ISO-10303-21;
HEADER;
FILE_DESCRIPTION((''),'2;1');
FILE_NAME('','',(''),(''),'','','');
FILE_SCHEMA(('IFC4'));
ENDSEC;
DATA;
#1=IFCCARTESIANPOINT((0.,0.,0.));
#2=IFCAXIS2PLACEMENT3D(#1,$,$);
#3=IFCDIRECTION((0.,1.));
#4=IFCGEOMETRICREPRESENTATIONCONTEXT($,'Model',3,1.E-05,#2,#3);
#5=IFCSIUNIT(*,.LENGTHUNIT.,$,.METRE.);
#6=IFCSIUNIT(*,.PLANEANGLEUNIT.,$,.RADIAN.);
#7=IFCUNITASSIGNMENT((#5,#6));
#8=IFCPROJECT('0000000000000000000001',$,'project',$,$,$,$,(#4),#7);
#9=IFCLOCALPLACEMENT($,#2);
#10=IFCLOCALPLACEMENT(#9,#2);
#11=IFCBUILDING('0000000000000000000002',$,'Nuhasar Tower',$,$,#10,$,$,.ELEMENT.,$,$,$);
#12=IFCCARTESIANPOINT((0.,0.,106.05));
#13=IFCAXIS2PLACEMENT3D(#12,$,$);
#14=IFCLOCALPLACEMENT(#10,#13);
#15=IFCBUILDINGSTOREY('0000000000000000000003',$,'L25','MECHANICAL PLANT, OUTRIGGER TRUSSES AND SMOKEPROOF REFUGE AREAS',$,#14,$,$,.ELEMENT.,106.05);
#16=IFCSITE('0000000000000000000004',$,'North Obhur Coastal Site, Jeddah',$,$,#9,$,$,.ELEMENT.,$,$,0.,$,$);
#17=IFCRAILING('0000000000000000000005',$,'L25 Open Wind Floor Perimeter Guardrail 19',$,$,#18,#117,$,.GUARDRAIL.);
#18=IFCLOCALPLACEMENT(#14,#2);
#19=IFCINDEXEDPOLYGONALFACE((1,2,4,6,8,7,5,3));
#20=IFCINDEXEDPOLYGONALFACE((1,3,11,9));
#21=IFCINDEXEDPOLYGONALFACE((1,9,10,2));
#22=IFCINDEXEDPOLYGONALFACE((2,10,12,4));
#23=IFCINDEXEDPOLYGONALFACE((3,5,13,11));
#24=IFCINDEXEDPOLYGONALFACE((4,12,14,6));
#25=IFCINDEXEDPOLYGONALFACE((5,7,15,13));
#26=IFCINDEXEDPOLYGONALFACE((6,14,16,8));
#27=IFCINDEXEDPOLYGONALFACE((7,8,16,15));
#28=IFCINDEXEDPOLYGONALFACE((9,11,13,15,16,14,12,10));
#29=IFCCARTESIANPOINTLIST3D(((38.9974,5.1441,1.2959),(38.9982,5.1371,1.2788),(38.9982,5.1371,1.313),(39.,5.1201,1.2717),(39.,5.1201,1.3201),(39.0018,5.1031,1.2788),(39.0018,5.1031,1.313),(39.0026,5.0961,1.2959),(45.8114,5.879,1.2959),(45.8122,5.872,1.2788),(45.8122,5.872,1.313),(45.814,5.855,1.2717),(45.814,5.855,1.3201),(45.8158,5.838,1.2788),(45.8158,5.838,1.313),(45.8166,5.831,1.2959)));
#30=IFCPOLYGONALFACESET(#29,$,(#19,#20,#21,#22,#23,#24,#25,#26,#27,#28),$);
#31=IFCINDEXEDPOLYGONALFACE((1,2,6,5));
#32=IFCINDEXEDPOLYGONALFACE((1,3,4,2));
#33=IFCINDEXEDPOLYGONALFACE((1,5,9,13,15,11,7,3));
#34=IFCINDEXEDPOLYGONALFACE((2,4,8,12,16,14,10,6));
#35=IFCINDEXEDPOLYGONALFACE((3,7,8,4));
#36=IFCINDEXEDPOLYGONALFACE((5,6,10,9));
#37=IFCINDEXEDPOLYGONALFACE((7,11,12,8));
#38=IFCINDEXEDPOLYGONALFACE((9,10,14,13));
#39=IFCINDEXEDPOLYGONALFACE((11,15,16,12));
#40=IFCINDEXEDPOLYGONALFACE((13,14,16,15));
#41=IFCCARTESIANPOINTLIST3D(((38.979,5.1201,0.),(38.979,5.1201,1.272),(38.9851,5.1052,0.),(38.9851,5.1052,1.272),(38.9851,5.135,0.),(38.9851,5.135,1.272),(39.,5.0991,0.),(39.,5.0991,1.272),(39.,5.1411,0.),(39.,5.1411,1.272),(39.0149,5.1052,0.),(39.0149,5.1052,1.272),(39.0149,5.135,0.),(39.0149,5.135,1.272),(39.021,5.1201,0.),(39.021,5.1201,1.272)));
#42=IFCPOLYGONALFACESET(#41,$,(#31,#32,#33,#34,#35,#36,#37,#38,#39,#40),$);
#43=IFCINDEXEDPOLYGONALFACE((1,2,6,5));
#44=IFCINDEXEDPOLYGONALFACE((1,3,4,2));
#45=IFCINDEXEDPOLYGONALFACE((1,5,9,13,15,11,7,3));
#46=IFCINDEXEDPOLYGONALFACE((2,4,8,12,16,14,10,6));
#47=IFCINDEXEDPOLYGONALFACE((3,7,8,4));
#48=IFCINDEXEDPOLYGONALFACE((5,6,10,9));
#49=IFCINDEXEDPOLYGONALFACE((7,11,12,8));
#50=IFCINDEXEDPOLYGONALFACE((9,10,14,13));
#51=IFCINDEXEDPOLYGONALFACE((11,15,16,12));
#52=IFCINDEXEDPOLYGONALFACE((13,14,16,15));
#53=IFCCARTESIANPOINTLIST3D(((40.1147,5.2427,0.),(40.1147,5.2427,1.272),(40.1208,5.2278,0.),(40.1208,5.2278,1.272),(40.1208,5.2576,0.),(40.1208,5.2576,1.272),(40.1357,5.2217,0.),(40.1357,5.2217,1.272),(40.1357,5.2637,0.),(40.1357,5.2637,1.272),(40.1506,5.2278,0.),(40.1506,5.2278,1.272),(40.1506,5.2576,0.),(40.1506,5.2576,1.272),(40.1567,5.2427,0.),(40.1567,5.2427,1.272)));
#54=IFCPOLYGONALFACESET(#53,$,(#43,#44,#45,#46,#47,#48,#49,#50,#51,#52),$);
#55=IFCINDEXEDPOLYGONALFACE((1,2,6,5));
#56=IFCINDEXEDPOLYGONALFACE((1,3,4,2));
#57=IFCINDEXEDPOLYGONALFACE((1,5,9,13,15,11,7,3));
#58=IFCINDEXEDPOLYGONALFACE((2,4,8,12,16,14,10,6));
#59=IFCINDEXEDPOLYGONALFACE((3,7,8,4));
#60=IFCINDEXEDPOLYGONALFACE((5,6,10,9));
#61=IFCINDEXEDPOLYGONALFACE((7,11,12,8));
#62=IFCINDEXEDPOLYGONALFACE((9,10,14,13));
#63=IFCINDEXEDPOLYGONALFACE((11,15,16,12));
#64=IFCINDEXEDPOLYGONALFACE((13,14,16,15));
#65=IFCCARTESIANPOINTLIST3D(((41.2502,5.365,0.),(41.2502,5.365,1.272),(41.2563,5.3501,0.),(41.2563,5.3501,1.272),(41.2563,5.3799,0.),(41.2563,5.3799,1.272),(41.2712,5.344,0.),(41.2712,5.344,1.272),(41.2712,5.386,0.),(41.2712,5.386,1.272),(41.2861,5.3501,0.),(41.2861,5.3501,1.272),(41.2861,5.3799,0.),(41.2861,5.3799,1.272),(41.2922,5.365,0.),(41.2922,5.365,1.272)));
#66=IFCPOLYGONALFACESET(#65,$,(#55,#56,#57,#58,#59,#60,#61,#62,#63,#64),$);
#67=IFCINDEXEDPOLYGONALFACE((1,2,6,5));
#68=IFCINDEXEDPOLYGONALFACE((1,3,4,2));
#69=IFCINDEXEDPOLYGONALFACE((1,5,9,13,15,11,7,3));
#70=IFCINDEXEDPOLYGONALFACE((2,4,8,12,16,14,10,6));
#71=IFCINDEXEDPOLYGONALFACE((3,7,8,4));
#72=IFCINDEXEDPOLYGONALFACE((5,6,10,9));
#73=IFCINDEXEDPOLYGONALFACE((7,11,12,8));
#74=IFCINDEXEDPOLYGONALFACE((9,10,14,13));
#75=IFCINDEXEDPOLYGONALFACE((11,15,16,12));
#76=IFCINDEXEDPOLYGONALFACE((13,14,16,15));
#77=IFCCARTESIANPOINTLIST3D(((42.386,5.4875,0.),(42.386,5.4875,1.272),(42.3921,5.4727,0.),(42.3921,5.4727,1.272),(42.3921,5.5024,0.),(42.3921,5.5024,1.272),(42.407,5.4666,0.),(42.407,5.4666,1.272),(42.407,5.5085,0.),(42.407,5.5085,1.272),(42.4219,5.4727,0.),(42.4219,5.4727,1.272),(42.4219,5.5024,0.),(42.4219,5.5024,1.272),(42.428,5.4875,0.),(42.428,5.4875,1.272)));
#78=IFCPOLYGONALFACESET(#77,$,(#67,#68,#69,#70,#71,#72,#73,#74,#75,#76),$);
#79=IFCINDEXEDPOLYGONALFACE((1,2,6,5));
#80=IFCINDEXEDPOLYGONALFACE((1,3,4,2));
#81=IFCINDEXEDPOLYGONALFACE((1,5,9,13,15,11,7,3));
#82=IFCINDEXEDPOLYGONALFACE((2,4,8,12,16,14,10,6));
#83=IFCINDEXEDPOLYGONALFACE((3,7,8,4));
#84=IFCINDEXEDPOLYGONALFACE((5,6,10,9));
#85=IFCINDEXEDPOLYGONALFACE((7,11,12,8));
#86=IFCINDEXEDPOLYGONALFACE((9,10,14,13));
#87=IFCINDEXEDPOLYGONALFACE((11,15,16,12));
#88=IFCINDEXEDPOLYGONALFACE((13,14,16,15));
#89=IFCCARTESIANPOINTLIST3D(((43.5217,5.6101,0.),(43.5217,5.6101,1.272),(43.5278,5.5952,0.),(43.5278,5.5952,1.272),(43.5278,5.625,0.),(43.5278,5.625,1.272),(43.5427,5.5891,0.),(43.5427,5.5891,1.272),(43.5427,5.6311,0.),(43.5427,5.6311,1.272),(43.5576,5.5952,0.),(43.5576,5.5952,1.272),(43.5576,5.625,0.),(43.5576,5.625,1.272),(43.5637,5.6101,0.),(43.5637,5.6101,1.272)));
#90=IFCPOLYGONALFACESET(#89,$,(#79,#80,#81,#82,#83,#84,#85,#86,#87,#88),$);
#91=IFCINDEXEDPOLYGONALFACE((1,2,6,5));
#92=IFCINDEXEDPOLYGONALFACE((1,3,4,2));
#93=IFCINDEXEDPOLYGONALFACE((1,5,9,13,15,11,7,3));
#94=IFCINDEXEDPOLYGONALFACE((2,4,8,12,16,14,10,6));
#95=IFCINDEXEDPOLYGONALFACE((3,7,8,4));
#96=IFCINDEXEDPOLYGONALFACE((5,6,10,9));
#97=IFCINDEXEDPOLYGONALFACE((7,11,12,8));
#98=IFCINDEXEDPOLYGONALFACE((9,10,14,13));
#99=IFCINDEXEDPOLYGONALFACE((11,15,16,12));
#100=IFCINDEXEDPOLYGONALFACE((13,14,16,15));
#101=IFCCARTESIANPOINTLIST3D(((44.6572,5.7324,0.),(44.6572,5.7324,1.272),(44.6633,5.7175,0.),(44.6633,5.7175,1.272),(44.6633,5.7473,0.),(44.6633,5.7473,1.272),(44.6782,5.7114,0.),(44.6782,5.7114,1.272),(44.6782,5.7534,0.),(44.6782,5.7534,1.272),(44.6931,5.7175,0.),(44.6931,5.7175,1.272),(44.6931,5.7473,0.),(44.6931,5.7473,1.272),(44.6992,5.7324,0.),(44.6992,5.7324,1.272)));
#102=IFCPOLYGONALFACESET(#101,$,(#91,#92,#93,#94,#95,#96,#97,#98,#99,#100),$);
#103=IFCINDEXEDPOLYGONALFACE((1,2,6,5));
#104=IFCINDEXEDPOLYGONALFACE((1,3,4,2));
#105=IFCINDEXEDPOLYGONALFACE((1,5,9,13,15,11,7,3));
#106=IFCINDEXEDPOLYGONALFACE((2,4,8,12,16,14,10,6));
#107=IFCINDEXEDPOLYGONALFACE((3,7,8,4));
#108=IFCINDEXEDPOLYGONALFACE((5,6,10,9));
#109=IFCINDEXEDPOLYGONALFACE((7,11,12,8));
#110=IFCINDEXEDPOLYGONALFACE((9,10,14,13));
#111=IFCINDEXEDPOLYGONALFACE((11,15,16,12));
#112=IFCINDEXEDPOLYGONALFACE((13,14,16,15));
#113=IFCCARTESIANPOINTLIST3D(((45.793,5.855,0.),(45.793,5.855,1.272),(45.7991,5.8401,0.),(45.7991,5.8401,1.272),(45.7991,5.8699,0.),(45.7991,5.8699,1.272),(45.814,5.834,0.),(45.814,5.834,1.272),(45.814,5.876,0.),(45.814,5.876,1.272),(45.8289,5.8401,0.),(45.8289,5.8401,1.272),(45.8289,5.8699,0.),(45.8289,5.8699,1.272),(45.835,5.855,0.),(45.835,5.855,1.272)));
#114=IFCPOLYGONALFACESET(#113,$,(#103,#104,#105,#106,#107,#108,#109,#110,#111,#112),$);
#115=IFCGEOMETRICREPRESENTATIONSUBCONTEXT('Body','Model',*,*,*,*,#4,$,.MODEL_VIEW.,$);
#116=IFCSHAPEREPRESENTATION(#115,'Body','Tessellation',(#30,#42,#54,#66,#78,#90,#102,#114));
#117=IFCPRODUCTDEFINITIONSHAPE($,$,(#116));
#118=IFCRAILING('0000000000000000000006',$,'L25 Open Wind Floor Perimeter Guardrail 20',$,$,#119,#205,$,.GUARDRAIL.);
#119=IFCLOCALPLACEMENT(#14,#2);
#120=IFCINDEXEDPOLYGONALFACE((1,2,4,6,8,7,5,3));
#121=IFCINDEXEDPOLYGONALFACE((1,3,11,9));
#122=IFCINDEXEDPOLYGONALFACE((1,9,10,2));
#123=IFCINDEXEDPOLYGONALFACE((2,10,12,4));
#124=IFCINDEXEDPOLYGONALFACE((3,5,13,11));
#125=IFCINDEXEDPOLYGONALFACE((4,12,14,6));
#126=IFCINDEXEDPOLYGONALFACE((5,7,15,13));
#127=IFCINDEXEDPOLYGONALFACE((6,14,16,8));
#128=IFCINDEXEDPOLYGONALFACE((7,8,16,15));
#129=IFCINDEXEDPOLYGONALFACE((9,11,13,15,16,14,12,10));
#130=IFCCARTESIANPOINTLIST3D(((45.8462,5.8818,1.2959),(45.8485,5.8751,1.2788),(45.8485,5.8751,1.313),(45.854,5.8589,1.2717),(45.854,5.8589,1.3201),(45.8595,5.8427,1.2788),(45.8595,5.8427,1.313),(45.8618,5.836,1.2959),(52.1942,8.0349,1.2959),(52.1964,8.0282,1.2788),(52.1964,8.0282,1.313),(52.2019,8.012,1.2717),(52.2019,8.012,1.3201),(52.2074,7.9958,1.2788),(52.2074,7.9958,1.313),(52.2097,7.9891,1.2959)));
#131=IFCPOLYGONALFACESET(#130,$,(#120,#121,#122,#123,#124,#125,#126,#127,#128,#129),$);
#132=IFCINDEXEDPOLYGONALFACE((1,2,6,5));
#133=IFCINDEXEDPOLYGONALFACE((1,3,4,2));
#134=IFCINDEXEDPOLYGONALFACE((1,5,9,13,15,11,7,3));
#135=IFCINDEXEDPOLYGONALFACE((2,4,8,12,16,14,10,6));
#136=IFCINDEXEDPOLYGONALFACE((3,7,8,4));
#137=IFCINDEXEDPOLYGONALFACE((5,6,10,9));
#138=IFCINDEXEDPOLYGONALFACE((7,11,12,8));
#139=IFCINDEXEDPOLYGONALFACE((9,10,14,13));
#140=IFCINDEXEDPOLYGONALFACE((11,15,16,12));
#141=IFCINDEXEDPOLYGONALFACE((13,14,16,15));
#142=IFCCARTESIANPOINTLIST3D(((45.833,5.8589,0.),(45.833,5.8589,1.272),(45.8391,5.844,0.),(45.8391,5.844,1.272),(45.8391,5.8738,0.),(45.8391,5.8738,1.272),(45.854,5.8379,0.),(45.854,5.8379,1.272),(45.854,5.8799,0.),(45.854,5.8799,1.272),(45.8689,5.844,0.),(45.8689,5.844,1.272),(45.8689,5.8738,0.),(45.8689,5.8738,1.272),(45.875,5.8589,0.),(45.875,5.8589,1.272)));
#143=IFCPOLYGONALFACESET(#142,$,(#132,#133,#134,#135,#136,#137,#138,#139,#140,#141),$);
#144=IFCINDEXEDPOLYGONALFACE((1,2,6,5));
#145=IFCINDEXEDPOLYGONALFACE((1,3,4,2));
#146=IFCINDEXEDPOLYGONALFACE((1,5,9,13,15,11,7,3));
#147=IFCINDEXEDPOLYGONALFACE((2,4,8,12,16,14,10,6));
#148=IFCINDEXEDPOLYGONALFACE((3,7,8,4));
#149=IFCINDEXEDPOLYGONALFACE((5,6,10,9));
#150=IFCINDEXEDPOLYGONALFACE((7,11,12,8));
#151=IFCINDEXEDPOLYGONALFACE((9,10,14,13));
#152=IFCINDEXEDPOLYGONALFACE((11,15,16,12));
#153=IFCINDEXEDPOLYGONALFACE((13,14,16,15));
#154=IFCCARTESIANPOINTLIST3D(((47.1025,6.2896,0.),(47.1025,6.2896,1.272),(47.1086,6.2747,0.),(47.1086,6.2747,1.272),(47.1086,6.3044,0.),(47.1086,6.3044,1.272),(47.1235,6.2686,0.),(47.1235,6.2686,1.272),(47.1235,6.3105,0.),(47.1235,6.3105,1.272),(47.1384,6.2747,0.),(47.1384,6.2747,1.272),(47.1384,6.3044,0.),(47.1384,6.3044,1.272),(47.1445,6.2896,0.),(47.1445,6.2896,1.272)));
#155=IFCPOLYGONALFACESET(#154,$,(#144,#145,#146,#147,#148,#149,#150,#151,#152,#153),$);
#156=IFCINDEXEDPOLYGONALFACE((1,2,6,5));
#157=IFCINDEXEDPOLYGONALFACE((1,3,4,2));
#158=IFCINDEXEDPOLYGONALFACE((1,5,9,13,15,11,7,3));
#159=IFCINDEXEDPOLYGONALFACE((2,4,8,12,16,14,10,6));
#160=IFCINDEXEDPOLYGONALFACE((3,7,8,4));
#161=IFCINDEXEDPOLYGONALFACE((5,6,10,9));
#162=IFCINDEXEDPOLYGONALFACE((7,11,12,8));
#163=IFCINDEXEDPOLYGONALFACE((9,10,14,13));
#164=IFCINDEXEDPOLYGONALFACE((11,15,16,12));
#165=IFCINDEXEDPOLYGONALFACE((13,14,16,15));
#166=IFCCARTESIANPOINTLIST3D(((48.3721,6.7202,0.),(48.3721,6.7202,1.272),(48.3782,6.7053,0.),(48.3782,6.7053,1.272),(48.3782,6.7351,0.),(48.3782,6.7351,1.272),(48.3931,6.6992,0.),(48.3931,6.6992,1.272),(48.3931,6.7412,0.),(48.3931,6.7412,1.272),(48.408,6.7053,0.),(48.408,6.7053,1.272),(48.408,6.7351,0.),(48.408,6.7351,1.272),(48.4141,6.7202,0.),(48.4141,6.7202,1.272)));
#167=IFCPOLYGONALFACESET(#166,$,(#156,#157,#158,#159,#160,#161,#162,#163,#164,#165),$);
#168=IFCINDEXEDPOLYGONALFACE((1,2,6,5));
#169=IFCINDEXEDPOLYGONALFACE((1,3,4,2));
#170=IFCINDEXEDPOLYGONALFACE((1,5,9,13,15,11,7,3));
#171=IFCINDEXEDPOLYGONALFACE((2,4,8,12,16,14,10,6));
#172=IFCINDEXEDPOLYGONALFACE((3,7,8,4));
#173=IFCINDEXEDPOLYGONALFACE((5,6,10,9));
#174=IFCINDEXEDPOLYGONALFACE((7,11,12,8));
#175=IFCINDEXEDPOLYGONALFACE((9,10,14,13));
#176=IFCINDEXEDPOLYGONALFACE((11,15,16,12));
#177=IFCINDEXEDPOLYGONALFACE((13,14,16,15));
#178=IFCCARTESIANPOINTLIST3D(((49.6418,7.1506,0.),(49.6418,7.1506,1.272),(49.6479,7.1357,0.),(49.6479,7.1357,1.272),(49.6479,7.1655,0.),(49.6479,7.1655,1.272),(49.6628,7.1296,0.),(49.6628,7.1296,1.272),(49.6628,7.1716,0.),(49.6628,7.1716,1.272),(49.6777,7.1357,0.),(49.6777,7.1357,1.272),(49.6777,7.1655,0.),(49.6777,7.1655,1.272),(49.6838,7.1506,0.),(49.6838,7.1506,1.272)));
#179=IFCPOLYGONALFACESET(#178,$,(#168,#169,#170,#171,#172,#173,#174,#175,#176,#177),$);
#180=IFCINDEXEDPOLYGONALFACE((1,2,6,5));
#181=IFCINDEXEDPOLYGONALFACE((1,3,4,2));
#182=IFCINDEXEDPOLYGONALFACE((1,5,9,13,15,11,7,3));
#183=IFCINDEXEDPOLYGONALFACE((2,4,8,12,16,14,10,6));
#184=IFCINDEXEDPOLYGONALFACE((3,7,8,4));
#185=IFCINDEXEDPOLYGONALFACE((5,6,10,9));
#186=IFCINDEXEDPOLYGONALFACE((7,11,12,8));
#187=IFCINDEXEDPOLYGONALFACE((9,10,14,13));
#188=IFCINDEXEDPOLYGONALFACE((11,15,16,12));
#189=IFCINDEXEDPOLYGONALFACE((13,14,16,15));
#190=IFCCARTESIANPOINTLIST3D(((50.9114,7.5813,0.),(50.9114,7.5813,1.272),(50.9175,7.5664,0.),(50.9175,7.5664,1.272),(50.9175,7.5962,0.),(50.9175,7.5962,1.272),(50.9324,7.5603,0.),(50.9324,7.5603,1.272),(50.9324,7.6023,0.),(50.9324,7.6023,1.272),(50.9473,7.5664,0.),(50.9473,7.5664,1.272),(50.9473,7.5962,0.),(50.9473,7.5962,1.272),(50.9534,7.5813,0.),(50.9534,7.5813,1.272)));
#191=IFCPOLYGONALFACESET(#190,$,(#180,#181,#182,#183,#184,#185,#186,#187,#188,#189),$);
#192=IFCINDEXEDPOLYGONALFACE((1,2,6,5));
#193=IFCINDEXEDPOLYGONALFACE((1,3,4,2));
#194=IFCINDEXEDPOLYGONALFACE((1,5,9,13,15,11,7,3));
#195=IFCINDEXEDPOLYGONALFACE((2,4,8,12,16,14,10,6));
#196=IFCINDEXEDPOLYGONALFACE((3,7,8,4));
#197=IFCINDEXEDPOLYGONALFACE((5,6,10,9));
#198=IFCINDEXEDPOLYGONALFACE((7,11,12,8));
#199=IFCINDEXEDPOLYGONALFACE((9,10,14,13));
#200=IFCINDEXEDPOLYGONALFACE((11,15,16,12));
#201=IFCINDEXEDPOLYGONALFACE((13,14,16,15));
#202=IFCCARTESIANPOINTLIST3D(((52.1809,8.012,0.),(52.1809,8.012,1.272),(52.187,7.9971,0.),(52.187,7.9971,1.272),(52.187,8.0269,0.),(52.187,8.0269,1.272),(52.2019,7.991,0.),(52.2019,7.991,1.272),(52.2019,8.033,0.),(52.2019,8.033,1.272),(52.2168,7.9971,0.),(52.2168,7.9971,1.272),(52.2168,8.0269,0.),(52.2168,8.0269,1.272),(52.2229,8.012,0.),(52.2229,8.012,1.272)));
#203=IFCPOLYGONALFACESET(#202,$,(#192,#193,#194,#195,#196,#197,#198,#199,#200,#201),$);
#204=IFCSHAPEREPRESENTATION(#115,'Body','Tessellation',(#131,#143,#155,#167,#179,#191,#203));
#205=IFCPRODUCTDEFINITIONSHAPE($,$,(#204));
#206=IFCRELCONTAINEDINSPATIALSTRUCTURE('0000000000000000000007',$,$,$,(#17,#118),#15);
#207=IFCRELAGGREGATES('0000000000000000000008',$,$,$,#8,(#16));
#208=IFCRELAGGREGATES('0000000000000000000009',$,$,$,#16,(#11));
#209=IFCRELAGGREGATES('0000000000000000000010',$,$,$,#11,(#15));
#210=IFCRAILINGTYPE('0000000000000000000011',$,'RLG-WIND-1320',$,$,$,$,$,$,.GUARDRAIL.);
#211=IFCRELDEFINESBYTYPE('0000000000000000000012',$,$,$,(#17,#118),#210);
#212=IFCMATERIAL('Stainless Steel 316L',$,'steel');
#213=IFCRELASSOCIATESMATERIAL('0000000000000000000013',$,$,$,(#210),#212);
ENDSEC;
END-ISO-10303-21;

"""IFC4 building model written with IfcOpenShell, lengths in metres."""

from ifc_helpers import new_model, si_unit, direction, frame, origin, place, context, subcontext, project, spatial, polyline, outline, extrude, material, type_object, element, save


model = new_model("IFC4")

# Units and contexts
model_context = context("Model", 3, precision=1e-05, world=origin(), true_north=direction((0.0, 1.0)))
body_context = subcontext(model_context, "Body", "Model", "MODEL_VIEW")
ifc_project = project(units=[si_unit("LENGTHUNIT", "METRE"), si_unit("PLANEANGLEUNIT", "RADIAN")], contexts=[model_context])

# Site, building, storey
site_placement = place(None, origin())
site = spatial("IfcSite", under=ifc_project, at=site_placement, Name="North Obhur Coastal Site, Jeddah", CompositionType="ELEMENT", RefElevation=0.0)
building_placement = place(site_placement, origin())
building = spatial("IfcBuilding", under=site, at=building_placement, Name="Nuhasar Tower", CompositionType="ELEMENT")
storey_placement = place(building_placement, frame((0.0, 0.0, 106.05)))
storey = spatial("IfcBuildingStorey", under=building, at=storey_placement, Name="L25", Description="MECHANICAL PLANT, OUTRIGGER TRUSSES AND SMOKEPROOF REFUGE AREAS", CompositionType="ELEMENT", Elevation=106.05)

# Railings
ifc_material_1 = material(Name="Stainless Steel 316L", Category="steel")
railing_type = type_object("IfcRailingType", Name="RLG-WIND-1320", PredefinedType="GUARDRAIL", material=ifc_material_1)
railing_1_placement = place(storey_placement, frame((39.0, 5.1201, 0.0)))
element("IfcRailing", 1, at=railing_1_placement, inside=storey, type_object=railing_type, Name="L25 Open Wind Floor Perimeter Guardrail 19", PredefinedType="GUARDRAIL", context=body_context, shape_type="SweptSolid", body=[
    extrude(outline(polyline([(0.0242, 0.0), (0.0171, 0.0171), (0.0, 0.0242), (-0.0171, 0.0171), (-0.0242, 0.0), (-0.0171, -0.0171), (0.0, -0.0242), (0.0171, -0.0171), (0.0242, 0.0)])), frame((0.0, 0.0, 1.2959), z_axis=(0.994235, 0.107225, 0.0), x_axis=(-0.107225, 0.994235, 0.0)), (0.0, 0.0, 1.0), 6.8535),
    extrude(outline(polyline([(0.021, 0.0), (0.0149, 0.0149), (0.0, 0.021), (-0.0149, 0.0149), (-0.021, 0.0), (-0.0149, -0.0149), (0.0, -0.021), (0.0149, -0.0149), (0.021, 0.0)])), origin(), (0.0, 0.0, 1.0), 1.272),
    extrude(outline(polyline([(0.021, 0.0), (0.0149, 0.0149), (0.0, 0.021), (-0.0149, 0.0149), (-0.021, 0.0), (-0.0149, -0.0149), (0.0, -0.021), (0.0149, -0.0149), (0.021, 0.0)])), frame((1.1357, 0.1226, 0.0)), (0.0, 0.0, 1.0), 1.272),
    extrude(outline(polyline([(0.021, 0.0), (0.0149, 0.0149), (0.0, 0.021), (-0.0149, 0.0149), (-0.021, 0.0), (-0.0149, -0.0149), (0.0, -0.021), (0.0149, -0.0149), (0.021, 0.0)])), frame((2.2712, 0.2449, 0.0)), (0.0, 0.0, 1.0), 1.272),
    extrude(outline(polyline([(0.021, 0.0), (0.0149, 0.0149), (0.0, 0.021), (-0.0149, 0.0149), (-0.021, 0.0), (-0.0149, -0.0149), (0.0, -0.021), (0.0149, -0.0149), (0.021, 0.0)])), frame((3.407, 0.3674, 0.0)), (0.0, 0.0, 1.0), 1.272),
    extrude(outline(polyline([(0.021, 0.0), (0.0149, 0.0149), (0.0, 0.021), (-0.0149, 0.0149), (-0.021, 0.0), (-0.0149, -0.0149), (0.0, -0.021), (0.0149, -0.0149), (0.021, 0.0)])), frame((4.5427, 0.49, 0.0)), (0.0, 0.0, 1.0), 1.272),
    extrude(outline(polyline([(0.021, 0.0), (0.0149, 0.0149), (0.0, 0.021), (-0.0149, 0.0149), (-0.021, 0.0), (-0.0149, -0.0149), (0.0, -0.021), (0.0149, -0.0149), (0.021, 0.0)])), frame((5.6782, 0.6123, 0.0)), (0.0, 0.0, 1.0), 1.272),
    extrude(outline(polyline([(0.021, 0.0), (0.0149, 0.0149), (0.0, 0.021), (-0.0149, 0.0149), (-0.021, 0.0), (-0.0149, -0.0149), (0.0, -0.021), (0.0149, -0.0149), (0.021, 0.0)])), frame((6.814, 0.7349, 0.0)), (0.0, 0.0, 1.0), 1.272),
])
railing_2_placement = place(storey_placement, frame((45.854, 5.8589, 0.0)))
element("IfcRailing", 2, at=railing_2_placement, inside=storey, type_object=railing_type, Name="L25 Open Wind Floor Perimeter Guardrail 20", PredefinedType="GUARDRAIL", context=body_context, shape_type="SweptSolid", body=[
    extrude(outline(polyline([(0.0242, 0.0), (0.0171, 0.0171), (0.0, 0.0242), (-0.0171, 0.0171), (-0.0242, 0.0), (-0.0171, -0.0171), (0.0, -0.0242), (0.0171, -0.0171), (0.0242, 0.0)])), frame((0.0, 0.0, 1.2959), z_axis=(0.947009, 0.321206, 0.0), x_axis=(-0.321206, 0.947009, 0.0)), (0.0, 0.0, 1.0), 6.7031),
    extrude(outline(polyline([(0.021, 0.0), (0.0149, 0.0149), (0.0, 0.021), (-0.0149, 0.0149), (-0.021, 0.0), (-0.0149, -0.0149), (0.0, -0.021), (0.0149, -0.0149), (0.021, 0.0)])), origin(), (0.0, 0.0, 1.0), 1.272),
    extrude(outline(polyline([(0.021, 0.0), (0.0149, 0.0149), (0.0, 0.021), (-0.0149, 0.0149), (-0.021, 0.0), (-0.0149, -0.0149), (0.0, -0.021), (0.0149, -0.0149), (0.021, 0.0)])), frame((1.2695, 0.4307, 0.0)), (0.0, 0.0, 1.0), 1.272),
    extrude(outline(polyline([(0.021, 0.0), (0.0149, 0.0149), (0.0, 0.021), (-0.0149, 0.0149), (-0.021, 0.0), (-0.0149, -0.0149), (0.0, -0.021), (0.0149, -0.0149), (0.021, 0.0)])), frame((2.5391, 0.8613, 0.0)), (0.0, 0.0, 1.0), 1.272),
    extrude(outline(polyline([(0.021, 0.0), (0.0149, 0.0149), (0.0, 0.021), (-0.0149, 0.0149), (-0.021, 0.0), (-0.0149, -0.0149), (0.0, -0.021), (0.0149, -0.0149), (0.021, 0.0)])), frame((3.8088, 1.2917, 0.0)), (0.0, 0.0, 1.0), 1.272),
    extrude(outline(polyline([(0.021, 0.0), (0.0149, 0.0149), (0.0, 0.021), (-0.0149, 0.0149), (-0.021, 0.0), (-0.0149, -0.0149), (0.0, -0.021), (0.0149, -0.0149), (0.021, 0.0)])), frame((5.0784, 1.7224, 0.0)), (0.0, 0.0, 1.0), 1.272),
    extrude(outline(polyline([(0.021, 0.0), (0.0149, 0.0149), (0.0, 0.021), (-0.0149, 0.0149), (-0.021, 0.0), (-0.0149, -0.0149), (0.0, -0.021), (0.0149, -0.0149), (0.021, 0.0)])), frame((6.3479, 2.1531, 0.0)), (0.0, 0.0, 1.0), 1.272),
])

save(model, "model.ifc")
